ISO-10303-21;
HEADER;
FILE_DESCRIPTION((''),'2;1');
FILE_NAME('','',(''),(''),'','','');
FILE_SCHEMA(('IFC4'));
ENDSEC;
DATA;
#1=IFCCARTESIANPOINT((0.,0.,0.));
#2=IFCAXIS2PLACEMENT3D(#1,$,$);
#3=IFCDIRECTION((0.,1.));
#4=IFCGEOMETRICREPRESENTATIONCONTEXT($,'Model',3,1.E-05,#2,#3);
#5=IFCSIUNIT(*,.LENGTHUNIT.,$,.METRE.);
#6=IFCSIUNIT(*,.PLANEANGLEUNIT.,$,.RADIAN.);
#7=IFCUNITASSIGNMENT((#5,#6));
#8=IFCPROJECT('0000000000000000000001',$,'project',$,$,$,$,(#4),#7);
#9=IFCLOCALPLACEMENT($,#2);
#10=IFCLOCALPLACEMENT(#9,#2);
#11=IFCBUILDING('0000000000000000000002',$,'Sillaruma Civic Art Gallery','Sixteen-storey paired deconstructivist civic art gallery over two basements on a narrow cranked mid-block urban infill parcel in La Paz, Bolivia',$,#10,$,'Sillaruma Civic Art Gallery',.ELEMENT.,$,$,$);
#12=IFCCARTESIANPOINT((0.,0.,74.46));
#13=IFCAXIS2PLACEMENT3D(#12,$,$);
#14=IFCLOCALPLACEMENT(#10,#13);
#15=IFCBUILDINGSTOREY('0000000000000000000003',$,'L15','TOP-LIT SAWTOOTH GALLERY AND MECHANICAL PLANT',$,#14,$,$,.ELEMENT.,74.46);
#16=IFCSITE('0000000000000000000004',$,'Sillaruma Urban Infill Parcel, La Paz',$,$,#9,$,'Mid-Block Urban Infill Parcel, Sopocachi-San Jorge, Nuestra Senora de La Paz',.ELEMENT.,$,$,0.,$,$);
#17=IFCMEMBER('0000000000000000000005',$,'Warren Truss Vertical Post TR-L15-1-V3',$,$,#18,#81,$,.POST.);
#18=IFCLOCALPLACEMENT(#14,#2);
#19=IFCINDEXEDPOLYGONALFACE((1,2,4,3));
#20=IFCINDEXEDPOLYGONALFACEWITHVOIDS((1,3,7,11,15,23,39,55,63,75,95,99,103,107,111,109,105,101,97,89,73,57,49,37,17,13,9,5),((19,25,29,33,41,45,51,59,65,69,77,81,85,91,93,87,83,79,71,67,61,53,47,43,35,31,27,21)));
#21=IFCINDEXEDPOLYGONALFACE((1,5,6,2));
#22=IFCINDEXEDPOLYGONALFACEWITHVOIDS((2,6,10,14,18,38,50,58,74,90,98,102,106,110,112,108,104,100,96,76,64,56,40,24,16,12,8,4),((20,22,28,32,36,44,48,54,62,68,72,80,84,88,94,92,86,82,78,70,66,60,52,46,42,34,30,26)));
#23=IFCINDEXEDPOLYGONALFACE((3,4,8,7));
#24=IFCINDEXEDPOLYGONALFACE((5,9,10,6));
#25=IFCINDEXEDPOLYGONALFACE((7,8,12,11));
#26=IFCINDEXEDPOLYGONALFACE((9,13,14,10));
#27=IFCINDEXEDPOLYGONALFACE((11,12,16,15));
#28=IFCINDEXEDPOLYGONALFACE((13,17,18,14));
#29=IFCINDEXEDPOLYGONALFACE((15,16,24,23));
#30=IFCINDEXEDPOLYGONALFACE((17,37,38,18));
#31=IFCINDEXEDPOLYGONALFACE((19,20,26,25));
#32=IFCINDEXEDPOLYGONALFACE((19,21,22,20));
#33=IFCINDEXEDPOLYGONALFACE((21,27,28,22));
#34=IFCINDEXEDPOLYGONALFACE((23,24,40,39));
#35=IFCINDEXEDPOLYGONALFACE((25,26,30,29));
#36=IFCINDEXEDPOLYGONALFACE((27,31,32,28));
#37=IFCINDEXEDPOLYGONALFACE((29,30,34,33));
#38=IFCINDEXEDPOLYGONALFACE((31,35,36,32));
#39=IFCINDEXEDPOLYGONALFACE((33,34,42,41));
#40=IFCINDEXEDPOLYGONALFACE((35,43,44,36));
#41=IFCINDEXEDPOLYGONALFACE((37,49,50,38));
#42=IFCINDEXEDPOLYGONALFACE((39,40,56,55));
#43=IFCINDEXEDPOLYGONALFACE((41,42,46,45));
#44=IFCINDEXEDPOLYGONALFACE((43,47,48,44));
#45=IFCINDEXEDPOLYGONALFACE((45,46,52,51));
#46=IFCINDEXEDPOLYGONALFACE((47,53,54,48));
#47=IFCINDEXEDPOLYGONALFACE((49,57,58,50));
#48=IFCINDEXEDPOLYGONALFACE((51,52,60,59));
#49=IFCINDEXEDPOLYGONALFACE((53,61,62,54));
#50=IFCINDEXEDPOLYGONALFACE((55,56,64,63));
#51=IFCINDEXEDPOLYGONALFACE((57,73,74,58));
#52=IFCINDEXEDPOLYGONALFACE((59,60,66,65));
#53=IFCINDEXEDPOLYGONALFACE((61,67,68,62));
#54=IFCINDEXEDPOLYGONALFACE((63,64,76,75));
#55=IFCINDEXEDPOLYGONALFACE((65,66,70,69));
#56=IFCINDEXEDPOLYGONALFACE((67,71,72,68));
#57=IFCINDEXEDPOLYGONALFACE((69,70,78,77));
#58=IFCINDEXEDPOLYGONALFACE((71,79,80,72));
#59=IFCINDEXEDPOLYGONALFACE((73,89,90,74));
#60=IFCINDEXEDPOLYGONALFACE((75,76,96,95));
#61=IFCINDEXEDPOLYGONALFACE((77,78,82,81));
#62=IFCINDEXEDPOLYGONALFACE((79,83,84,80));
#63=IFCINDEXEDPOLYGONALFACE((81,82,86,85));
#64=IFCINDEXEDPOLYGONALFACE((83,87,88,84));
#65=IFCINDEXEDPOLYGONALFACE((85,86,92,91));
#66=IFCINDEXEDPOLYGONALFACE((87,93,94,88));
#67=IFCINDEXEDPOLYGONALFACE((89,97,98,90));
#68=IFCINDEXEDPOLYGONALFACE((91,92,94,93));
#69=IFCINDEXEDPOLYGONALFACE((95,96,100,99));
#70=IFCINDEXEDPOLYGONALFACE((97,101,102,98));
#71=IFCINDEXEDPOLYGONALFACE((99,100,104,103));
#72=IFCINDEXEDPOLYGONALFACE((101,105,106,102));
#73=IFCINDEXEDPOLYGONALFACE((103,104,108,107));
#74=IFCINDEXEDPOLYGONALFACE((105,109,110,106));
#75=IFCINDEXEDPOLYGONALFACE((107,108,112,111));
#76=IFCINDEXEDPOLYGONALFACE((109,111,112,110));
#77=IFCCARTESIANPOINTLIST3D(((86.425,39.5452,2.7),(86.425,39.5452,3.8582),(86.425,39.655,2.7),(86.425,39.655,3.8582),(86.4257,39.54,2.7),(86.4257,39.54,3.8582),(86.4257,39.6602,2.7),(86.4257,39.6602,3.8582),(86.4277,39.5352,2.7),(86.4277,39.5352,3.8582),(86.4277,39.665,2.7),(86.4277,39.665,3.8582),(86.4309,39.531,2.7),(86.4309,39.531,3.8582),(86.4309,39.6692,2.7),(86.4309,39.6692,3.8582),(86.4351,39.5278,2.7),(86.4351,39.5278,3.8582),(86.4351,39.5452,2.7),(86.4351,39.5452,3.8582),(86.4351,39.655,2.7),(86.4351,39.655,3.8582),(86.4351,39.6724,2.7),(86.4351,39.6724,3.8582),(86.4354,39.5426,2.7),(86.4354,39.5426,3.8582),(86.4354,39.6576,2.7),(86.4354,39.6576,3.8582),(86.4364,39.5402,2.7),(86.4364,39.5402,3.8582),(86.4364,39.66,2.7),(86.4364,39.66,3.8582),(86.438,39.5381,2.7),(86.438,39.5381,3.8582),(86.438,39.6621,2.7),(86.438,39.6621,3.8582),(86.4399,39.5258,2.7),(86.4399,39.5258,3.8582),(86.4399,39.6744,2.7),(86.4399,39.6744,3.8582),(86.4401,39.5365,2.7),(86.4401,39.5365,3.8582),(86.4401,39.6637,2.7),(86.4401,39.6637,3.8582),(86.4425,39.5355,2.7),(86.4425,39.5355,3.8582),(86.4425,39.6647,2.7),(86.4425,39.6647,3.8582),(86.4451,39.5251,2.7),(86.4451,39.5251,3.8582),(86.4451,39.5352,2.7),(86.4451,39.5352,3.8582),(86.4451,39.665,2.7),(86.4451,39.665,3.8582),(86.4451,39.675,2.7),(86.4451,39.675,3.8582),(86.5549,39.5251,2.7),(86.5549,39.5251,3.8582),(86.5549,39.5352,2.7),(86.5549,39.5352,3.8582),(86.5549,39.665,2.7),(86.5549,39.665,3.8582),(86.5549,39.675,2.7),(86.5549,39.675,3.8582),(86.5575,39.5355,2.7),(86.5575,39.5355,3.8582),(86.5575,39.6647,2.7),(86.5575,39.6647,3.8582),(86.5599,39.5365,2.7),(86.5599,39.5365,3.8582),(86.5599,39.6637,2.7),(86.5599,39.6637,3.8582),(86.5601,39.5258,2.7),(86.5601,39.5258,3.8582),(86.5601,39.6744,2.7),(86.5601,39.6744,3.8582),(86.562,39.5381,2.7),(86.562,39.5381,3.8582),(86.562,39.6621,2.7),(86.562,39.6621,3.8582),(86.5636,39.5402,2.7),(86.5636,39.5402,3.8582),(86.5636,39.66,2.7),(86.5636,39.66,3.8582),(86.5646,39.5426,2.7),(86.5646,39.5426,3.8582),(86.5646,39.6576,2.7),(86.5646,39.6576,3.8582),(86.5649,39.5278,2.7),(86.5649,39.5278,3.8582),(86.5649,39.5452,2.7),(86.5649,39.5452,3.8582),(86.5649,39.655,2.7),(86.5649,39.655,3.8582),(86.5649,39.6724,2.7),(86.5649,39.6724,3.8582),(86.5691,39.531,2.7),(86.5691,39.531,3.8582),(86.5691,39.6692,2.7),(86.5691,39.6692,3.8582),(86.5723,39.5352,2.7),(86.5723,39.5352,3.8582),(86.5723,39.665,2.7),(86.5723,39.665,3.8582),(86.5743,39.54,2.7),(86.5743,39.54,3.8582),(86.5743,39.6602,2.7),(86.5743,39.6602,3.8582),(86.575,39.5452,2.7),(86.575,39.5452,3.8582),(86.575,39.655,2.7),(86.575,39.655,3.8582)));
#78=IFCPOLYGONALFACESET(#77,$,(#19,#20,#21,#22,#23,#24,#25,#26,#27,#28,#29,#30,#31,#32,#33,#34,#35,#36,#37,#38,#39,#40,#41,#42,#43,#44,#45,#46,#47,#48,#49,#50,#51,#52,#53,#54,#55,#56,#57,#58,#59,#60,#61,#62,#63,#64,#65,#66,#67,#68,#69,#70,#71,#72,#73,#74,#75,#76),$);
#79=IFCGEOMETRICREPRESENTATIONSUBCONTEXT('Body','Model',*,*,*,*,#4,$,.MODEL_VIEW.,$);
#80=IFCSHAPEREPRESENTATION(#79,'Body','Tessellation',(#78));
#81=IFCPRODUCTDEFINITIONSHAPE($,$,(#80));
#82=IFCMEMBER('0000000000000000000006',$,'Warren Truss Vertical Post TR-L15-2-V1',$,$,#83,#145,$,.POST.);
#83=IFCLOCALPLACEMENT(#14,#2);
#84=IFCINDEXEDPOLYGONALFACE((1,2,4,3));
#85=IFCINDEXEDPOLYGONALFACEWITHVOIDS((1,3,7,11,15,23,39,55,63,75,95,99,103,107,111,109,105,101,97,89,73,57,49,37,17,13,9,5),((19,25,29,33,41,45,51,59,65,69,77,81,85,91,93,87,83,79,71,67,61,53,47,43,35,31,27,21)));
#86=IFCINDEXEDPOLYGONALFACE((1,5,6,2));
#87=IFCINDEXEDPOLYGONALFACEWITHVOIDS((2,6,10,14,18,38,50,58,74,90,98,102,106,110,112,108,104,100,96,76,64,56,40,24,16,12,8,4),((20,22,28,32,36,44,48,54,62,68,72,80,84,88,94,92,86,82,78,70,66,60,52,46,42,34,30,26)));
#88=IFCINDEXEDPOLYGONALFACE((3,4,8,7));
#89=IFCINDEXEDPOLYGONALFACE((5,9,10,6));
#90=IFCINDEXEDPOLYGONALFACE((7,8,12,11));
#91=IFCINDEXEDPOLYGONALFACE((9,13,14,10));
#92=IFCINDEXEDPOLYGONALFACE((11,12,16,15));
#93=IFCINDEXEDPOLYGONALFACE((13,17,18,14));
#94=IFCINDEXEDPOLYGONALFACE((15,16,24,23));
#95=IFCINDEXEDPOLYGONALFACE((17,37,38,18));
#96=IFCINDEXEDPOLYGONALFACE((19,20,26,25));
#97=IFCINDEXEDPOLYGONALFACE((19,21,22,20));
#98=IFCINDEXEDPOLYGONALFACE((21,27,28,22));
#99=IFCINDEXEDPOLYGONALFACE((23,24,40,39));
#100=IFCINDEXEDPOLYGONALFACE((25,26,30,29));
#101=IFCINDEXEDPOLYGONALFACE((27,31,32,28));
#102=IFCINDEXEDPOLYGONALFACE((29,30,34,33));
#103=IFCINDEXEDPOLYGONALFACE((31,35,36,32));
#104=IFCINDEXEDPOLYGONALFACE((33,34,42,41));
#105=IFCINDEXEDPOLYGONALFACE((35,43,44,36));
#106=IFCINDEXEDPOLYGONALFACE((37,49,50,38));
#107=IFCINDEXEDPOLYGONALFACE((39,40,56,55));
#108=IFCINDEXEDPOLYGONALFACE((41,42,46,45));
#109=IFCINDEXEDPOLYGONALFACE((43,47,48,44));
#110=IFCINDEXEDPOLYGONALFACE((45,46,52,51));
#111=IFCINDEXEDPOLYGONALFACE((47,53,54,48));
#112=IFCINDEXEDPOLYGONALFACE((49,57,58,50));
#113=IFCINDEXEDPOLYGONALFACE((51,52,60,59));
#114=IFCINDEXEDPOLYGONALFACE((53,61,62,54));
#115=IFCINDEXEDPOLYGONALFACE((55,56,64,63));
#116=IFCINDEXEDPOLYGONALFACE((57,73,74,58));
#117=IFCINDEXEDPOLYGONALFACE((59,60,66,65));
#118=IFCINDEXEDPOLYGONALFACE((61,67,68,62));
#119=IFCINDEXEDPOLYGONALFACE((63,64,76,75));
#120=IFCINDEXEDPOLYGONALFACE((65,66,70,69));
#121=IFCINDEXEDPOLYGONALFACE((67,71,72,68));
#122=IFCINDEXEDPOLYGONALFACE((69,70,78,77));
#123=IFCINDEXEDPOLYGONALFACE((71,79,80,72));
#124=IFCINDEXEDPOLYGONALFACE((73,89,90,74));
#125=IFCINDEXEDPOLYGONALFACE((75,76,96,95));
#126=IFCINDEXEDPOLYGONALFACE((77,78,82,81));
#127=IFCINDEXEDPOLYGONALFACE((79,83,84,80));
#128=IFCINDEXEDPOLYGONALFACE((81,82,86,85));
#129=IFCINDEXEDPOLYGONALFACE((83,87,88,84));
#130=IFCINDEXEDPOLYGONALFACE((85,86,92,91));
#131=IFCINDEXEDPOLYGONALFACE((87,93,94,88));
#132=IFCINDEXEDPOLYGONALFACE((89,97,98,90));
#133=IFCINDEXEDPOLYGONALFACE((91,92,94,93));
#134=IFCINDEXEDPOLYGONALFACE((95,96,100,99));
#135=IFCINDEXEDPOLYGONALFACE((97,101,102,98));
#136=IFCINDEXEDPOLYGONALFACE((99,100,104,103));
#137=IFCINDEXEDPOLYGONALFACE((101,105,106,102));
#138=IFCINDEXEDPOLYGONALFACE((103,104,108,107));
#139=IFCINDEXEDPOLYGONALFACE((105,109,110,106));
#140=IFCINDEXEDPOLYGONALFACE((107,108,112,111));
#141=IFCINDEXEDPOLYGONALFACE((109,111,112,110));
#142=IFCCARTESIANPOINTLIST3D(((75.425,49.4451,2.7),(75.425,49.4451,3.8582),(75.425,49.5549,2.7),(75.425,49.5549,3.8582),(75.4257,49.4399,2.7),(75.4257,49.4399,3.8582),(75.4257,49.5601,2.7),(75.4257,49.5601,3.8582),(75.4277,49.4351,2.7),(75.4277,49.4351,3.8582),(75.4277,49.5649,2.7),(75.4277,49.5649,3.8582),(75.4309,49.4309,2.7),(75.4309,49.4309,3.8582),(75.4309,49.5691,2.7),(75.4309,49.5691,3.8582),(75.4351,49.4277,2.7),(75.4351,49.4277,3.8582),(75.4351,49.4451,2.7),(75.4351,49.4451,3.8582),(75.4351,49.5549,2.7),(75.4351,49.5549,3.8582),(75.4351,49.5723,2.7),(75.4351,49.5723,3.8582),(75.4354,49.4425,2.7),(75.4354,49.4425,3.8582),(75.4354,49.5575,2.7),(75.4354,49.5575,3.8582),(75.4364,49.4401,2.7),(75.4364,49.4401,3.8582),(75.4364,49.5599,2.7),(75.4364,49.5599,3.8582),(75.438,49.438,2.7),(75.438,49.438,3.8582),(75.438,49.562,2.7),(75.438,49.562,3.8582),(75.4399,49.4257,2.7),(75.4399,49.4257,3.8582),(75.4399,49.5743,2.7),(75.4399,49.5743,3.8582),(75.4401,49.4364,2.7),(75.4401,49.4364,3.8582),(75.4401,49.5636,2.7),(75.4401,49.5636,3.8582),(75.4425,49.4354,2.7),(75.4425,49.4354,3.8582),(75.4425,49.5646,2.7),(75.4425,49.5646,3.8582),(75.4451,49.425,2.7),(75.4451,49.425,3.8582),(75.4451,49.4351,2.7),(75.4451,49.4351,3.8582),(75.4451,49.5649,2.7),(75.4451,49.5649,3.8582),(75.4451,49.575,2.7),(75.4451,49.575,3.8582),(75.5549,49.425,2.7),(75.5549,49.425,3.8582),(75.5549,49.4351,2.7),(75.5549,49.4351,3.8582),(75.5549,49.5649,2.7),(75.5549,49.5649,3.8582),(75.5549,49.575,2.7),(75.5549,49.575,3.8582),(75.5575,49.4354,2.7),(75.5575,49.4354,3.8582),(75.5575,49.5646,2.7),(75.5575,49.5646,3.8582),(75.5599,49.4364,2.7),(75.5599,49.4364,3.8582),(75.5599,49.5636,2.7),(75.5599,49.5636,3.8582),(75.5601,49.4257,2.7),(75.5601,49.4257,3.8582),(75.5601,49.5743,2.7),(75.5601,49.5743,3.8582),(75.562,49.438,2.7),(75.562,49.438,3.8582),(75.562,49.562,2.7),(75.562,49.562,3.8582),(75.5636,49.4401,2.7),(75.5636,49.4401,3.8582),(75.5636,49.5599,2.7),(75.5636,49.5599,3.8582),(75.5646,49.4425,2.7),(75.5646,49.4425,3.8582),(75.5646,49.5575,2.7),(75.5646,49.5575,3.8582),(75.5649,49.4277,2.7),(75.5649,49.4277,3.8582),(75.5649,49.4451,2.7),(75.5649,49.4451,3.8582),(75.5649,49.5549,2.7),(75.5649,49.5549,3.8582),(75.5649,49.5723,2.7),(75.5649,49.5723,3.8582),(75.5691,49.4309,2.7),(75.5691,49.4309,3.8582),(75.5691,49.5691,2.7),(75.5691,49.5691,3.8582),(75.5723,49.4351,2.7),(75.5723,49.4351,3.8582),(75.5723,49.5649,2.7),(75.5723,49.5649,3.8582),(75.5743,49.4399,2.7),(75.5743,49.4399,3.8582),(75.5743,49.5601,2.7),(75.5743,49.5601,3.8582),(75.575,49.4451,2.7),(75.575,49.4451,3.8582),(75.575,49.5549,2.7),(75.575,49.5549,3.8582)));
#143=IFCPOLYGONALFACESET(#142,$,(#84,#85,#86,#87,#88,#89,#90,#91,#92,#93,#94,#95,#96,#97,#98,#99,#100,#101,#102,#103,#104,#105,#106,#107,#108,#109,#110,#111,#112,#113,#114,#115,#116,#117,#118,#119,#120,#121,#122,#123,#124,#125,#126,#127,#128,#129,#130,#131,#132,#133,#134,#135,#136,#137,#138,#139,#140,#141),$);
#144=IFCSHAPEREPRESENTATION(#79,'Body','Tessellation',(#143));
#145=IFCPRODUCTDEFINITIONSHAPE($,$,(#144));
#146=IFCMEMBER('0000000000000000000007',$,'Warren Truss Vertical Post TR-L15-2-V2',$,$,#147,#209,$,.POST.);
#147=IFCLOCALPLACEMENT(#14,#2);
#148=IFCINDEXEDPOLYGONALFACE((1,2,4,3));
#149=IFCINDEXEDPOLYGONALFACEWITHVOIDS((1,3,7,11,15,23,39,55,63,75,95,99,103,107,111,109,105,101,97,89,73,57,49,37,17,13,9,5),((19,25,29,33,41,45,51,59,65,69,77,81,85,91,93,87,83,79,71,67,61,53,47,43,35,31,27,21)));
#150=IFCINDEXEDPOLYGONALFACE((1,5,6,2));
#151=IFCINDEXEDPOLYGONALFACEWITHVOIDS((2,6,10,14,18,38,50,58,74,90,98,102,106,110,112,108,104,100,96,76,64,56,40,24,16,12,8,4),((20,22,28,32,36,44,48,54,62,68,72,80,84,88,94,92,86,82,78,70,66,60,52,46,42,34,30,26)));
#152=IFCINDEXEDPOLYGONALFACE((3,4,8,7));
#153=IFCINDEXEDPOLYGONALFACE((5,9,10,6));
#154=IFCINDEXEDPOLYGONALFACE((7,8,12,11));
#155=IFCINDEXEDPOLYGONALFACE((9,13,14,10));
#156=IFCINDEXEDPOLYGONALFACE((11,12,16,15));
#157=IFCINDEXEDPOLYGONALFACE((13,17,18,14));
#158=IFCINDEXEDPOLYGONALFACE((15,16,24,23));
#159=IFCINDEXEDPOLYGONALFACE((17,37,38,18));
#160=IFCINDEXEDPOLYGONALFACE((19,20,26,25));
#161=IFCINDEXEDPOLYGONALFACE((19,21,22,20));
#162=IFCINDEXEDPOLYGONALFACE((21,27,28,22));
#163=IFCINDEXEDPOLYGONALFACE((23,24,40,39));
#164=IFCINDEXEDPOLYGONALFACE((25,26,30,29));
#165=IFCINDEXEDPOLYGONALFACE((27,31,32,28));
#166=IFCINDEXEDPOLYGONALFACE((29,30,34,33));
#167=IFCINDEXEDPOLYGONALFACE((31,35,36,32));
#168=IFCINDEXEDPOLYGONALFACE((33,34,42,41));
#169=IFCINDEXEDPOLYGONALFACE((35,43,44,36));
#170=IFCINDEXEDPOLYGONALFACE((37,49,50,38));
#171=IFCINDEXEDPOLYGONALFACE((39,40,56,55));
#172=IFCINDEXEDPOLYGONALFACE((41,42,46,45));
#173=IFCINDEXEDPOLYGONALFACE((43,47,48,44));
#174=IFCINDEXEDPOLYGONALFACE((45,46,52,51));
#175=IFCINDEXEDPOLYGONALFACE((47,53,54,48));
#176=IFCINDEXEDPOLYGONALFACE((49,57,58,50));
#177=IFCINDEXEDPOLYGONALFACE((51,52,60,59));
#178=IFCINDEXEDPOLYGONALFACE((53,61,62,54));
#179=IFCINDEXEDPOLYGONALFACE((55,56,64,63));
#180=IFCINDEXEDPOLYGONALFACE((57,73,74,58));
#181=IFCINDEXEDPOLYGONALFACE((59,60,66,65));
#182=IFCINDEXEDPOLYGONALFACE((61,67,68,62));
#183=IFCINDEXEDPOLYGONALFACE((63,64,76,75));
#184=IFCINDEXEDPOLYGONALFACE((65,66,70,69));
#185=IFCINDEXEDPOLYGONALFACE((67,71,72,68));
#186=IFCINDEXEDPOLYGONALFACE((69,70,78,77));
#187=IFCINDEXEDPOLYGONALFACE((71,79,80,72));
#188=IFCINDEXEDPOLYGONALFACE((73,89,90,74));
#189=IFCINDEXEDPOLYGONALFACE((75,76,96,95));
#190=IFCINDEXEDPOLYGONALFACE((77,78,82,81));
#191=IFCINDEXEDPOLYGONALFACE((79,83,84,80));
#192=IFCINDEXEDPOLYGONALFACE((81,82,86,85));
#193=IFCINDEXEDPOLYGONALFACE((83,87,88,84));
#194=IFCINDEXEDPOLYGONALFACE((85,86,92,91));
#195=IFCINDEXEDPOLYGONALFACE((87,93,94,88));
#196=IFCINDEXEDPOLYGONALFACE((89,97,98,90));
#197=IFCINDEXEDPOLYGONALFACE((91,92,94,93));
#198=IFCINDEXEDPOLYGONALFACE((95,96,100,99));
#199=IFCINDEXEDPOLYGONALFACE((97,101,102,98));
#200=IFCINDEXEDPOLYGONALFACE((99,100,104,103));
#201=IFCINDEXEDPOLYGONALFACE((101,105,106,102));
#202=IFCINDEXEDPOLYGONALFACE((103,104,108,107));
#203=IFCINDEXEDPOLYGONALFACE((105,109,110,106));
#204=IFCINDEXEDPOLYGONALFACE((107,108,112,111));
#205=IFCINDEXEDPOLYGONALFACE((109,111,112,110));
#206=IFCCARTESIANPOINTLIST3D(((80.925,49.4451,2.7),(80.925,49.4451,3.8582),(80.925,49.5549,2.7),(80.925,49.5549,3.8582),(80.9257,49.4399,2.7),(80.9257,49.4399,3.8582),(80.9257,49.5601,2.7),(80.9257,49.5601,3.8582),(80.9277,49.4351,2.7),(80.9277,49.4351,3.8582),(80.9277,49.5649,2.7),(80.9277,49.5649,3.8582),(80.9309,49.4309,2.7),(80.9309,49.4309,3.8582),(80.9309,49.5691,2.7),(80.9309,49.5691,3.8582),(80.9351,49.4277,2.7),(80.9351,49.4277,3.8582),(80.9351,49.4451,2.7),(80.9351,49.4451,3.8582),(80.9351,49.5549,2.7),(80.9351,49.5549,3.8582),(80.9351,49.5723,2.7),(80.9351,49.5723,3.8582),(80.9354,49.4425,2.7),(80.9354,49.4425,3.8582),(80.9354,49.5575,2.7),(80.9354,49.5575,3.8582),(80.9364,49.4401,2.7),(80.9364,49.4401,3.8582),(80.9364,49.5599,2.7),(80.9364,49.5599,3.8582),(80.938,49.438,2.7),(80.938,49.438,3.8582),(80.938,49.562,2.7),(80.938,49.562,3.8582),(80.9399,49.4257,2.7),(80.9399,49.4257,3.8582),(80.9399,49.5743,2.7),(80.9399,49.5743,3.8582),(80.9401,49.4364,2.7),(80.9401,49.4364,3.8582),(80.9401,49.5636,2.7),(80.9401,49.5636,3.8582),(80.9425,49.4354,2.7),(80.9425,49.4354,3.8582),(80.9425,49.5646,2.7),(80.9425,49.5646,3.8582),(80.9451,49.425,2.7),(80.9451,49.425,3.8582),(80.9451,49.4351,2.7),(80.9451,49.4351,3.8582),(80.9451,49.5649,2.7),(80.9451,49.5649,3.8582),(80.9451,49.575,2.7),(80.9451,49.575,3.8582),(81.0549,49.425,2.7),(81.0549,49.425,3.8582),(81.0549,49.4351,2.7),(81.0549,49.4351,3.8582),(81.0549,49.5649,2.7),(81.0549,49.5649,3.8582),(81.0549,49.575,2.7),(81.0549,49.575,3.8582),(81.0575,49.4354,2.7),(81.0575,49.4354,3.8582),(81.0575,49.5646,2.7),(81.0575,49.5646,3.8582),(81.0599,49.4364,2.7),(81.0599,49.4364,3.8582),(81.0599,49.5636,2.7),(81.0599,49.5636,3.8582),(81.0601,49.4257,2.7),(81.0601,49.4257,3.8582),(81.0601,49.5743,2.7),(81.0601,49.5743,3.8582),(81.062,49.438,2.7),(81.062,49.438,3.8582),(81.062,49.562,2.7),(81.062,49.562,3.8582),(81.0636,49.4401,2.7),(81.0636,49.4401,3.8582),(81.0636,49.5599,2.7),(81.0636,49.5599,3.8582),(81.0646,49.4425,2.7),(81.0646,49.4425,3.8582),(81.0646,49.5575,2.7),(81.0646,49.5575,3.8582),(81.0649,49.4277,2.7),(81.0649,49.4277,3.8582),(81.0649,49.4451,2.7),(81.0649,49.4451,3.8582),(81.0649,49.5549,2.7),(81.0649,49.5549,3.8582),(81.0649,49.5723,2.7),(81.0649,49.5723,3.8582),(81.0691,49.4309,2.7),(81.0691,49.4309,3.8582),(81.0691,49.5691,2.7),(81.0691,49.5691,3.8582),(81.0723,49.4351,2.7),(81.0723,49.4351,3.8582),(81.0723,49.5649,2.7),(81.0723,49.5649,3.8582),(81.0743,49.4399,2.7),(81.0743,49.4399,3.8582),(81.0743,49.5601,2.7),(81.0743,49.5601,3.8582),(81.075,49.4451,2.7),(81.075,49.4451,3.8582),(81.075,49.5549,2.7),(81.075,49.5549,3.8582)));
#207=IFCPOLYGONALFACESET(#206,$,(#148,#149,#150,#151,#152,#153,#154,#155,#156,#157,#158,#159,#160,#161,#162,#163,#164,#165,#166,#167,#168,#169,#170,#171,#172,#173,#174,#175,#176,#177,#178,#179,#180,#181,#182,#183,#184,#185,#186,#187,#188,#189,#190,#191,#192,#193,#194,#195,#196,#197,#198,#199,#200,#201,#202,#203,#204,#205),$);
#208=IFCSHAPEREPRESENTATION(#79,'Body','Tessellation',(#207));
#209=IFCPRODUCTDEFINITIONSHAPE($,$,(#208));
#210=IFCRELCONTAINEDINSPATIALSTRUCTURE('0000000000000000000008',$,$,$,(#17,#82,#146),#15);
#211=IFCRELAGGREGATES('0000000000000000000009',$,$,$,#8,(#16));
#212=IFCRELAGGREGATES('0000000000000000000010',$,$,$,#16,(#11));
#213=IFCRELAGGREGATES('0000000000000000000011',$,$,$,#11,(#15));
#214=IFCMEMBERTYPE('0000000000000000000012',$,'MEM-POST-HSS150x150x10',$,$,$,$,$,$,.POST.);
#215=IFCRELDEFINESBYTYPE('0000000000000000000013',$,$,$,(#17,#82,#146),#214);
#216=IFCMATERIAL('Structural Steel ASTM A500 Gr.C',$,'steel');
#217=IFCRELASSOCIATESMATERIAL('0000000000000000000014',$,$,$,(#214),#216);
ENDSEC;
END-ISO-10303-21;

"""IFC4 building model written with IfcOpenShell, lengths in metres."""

from ifc_helpers import new_model, si_unit, direction, frame, origin, origin_2d, place, context, subcontext, project, spatial, hollow_rectangle, extrude, material, material_profile, profile_set, type_object, element, save


model = new_model("IFC4")

# Units and contexts
model_context = context("Model", 3, precision=1e-05, world=origin(), true_north=direction((0.0, 1.0)))
body_context = subcontext(model_context, "Body", "Model", "MODEL_VIEW")
ifc_project = project(units=[si_unit("LENGTHUNIT", "METRE"), si_unit("PLANEANGLEUNIT", "RADIAN")], contexts=[model_context])

# Site, building, storey
site_placement = place(None, origin())
site = spatial("IfcSite", under=ifc_project, at=site_placement, Name="Sillaruma Urban Infill Parcel, La Paz", LongName="Mid-Block Urban Infill Parcel, Sopocachi-San Jorge, Nuestra Senora de La Paz", CompositionType="ELEMENT", RefElevation=0.0)
building_placement = place(site_placement, origin())
building = spatial("IfcBuilding", under=site, at=building_placement, Name="Sillaruma Civic Art Gallery", Description="Sixteen-storey paired deconstructivist civic art gallery over two basements on a narrow cranked mid-block urban infill parcel in La Paz, Bolivia", LongName="Sillaruma Civic Art Gallery", CompositionType="ELEMENT")
storey_placement = place(building_placement, frame((0.0, 0.0, 74.46)))
storey = spatial("IfcBuildingStorey", under=building, at=storey_placement, Name="L15", Description="TOP-LIT SAWTOOTH GALLERY AND MECHANICAL PLANT", CompositionType="ELEMENT", Elevation=74.46)

# Members
ifc_material_1 = material(Name="Structural Steel ASTM A500 Gr.C", Category="steel")
ifc_material_profile_1 = material_profile(ifc_material_1, hollow_rectangle(XDim=0.1499, YDim=0.1499, WallThickness=0.01, InnerFilletRadius=0.01, OuterFilletRadius=0.02, at=origin_2d()), Name="HSS150x150x10")
ifc_profile_set_1 = profile_set([ifc_material_profile_1], Name="Structural Steel ASTM A500 Gr.C")
member_type_1 = type_object("IfcMemberType", Name="MEM-POST-HSS150x150x10", PredefinedType="POST", material=ifc_profile_set_1)
for number, where, z_axis, x_axis, name in (
    (1, (86.5, 39.6001, 2.7), (0.0, 0.0, 1.0), (1.0, 0.0, 0.0), "Warren Truss Vertical Post TR-L15-1-V3"),
    (2, (75.5, 49.5, 2.7), (0.0, 0.0, 1.0), (1.0, 0.0, 0.0), "Warren Truss Vertical Post TR-L15-2-V1"),
    (3, (81.0, 49.5, 2.7), (0.0, 0.0, 1.0), (1.0, 0.0, 0.0), "Warren Truss Vertical Post TR-L15-2-V2"),
):
    element("IfcMember", number, at=place(storey_placement, frame(where, z_axis=z_axis, x_axis=x_axis)), inside=storey, type_object=member_type_1, Name=name, PredefinedType="POST", context=body_context, shape_type="SweptSolid", body=[
        extrude(hollow_rectangle(XDim=0.1499, YDim=0.1499, WallThickness=0.01, InnerFilletRadius=0.01, OuterFilletRadius=0.02, at=origin_2d()), origin(), (0.0, 0.0, 1.0), 1.1582),
    ])

save(model, "model.ifc")
